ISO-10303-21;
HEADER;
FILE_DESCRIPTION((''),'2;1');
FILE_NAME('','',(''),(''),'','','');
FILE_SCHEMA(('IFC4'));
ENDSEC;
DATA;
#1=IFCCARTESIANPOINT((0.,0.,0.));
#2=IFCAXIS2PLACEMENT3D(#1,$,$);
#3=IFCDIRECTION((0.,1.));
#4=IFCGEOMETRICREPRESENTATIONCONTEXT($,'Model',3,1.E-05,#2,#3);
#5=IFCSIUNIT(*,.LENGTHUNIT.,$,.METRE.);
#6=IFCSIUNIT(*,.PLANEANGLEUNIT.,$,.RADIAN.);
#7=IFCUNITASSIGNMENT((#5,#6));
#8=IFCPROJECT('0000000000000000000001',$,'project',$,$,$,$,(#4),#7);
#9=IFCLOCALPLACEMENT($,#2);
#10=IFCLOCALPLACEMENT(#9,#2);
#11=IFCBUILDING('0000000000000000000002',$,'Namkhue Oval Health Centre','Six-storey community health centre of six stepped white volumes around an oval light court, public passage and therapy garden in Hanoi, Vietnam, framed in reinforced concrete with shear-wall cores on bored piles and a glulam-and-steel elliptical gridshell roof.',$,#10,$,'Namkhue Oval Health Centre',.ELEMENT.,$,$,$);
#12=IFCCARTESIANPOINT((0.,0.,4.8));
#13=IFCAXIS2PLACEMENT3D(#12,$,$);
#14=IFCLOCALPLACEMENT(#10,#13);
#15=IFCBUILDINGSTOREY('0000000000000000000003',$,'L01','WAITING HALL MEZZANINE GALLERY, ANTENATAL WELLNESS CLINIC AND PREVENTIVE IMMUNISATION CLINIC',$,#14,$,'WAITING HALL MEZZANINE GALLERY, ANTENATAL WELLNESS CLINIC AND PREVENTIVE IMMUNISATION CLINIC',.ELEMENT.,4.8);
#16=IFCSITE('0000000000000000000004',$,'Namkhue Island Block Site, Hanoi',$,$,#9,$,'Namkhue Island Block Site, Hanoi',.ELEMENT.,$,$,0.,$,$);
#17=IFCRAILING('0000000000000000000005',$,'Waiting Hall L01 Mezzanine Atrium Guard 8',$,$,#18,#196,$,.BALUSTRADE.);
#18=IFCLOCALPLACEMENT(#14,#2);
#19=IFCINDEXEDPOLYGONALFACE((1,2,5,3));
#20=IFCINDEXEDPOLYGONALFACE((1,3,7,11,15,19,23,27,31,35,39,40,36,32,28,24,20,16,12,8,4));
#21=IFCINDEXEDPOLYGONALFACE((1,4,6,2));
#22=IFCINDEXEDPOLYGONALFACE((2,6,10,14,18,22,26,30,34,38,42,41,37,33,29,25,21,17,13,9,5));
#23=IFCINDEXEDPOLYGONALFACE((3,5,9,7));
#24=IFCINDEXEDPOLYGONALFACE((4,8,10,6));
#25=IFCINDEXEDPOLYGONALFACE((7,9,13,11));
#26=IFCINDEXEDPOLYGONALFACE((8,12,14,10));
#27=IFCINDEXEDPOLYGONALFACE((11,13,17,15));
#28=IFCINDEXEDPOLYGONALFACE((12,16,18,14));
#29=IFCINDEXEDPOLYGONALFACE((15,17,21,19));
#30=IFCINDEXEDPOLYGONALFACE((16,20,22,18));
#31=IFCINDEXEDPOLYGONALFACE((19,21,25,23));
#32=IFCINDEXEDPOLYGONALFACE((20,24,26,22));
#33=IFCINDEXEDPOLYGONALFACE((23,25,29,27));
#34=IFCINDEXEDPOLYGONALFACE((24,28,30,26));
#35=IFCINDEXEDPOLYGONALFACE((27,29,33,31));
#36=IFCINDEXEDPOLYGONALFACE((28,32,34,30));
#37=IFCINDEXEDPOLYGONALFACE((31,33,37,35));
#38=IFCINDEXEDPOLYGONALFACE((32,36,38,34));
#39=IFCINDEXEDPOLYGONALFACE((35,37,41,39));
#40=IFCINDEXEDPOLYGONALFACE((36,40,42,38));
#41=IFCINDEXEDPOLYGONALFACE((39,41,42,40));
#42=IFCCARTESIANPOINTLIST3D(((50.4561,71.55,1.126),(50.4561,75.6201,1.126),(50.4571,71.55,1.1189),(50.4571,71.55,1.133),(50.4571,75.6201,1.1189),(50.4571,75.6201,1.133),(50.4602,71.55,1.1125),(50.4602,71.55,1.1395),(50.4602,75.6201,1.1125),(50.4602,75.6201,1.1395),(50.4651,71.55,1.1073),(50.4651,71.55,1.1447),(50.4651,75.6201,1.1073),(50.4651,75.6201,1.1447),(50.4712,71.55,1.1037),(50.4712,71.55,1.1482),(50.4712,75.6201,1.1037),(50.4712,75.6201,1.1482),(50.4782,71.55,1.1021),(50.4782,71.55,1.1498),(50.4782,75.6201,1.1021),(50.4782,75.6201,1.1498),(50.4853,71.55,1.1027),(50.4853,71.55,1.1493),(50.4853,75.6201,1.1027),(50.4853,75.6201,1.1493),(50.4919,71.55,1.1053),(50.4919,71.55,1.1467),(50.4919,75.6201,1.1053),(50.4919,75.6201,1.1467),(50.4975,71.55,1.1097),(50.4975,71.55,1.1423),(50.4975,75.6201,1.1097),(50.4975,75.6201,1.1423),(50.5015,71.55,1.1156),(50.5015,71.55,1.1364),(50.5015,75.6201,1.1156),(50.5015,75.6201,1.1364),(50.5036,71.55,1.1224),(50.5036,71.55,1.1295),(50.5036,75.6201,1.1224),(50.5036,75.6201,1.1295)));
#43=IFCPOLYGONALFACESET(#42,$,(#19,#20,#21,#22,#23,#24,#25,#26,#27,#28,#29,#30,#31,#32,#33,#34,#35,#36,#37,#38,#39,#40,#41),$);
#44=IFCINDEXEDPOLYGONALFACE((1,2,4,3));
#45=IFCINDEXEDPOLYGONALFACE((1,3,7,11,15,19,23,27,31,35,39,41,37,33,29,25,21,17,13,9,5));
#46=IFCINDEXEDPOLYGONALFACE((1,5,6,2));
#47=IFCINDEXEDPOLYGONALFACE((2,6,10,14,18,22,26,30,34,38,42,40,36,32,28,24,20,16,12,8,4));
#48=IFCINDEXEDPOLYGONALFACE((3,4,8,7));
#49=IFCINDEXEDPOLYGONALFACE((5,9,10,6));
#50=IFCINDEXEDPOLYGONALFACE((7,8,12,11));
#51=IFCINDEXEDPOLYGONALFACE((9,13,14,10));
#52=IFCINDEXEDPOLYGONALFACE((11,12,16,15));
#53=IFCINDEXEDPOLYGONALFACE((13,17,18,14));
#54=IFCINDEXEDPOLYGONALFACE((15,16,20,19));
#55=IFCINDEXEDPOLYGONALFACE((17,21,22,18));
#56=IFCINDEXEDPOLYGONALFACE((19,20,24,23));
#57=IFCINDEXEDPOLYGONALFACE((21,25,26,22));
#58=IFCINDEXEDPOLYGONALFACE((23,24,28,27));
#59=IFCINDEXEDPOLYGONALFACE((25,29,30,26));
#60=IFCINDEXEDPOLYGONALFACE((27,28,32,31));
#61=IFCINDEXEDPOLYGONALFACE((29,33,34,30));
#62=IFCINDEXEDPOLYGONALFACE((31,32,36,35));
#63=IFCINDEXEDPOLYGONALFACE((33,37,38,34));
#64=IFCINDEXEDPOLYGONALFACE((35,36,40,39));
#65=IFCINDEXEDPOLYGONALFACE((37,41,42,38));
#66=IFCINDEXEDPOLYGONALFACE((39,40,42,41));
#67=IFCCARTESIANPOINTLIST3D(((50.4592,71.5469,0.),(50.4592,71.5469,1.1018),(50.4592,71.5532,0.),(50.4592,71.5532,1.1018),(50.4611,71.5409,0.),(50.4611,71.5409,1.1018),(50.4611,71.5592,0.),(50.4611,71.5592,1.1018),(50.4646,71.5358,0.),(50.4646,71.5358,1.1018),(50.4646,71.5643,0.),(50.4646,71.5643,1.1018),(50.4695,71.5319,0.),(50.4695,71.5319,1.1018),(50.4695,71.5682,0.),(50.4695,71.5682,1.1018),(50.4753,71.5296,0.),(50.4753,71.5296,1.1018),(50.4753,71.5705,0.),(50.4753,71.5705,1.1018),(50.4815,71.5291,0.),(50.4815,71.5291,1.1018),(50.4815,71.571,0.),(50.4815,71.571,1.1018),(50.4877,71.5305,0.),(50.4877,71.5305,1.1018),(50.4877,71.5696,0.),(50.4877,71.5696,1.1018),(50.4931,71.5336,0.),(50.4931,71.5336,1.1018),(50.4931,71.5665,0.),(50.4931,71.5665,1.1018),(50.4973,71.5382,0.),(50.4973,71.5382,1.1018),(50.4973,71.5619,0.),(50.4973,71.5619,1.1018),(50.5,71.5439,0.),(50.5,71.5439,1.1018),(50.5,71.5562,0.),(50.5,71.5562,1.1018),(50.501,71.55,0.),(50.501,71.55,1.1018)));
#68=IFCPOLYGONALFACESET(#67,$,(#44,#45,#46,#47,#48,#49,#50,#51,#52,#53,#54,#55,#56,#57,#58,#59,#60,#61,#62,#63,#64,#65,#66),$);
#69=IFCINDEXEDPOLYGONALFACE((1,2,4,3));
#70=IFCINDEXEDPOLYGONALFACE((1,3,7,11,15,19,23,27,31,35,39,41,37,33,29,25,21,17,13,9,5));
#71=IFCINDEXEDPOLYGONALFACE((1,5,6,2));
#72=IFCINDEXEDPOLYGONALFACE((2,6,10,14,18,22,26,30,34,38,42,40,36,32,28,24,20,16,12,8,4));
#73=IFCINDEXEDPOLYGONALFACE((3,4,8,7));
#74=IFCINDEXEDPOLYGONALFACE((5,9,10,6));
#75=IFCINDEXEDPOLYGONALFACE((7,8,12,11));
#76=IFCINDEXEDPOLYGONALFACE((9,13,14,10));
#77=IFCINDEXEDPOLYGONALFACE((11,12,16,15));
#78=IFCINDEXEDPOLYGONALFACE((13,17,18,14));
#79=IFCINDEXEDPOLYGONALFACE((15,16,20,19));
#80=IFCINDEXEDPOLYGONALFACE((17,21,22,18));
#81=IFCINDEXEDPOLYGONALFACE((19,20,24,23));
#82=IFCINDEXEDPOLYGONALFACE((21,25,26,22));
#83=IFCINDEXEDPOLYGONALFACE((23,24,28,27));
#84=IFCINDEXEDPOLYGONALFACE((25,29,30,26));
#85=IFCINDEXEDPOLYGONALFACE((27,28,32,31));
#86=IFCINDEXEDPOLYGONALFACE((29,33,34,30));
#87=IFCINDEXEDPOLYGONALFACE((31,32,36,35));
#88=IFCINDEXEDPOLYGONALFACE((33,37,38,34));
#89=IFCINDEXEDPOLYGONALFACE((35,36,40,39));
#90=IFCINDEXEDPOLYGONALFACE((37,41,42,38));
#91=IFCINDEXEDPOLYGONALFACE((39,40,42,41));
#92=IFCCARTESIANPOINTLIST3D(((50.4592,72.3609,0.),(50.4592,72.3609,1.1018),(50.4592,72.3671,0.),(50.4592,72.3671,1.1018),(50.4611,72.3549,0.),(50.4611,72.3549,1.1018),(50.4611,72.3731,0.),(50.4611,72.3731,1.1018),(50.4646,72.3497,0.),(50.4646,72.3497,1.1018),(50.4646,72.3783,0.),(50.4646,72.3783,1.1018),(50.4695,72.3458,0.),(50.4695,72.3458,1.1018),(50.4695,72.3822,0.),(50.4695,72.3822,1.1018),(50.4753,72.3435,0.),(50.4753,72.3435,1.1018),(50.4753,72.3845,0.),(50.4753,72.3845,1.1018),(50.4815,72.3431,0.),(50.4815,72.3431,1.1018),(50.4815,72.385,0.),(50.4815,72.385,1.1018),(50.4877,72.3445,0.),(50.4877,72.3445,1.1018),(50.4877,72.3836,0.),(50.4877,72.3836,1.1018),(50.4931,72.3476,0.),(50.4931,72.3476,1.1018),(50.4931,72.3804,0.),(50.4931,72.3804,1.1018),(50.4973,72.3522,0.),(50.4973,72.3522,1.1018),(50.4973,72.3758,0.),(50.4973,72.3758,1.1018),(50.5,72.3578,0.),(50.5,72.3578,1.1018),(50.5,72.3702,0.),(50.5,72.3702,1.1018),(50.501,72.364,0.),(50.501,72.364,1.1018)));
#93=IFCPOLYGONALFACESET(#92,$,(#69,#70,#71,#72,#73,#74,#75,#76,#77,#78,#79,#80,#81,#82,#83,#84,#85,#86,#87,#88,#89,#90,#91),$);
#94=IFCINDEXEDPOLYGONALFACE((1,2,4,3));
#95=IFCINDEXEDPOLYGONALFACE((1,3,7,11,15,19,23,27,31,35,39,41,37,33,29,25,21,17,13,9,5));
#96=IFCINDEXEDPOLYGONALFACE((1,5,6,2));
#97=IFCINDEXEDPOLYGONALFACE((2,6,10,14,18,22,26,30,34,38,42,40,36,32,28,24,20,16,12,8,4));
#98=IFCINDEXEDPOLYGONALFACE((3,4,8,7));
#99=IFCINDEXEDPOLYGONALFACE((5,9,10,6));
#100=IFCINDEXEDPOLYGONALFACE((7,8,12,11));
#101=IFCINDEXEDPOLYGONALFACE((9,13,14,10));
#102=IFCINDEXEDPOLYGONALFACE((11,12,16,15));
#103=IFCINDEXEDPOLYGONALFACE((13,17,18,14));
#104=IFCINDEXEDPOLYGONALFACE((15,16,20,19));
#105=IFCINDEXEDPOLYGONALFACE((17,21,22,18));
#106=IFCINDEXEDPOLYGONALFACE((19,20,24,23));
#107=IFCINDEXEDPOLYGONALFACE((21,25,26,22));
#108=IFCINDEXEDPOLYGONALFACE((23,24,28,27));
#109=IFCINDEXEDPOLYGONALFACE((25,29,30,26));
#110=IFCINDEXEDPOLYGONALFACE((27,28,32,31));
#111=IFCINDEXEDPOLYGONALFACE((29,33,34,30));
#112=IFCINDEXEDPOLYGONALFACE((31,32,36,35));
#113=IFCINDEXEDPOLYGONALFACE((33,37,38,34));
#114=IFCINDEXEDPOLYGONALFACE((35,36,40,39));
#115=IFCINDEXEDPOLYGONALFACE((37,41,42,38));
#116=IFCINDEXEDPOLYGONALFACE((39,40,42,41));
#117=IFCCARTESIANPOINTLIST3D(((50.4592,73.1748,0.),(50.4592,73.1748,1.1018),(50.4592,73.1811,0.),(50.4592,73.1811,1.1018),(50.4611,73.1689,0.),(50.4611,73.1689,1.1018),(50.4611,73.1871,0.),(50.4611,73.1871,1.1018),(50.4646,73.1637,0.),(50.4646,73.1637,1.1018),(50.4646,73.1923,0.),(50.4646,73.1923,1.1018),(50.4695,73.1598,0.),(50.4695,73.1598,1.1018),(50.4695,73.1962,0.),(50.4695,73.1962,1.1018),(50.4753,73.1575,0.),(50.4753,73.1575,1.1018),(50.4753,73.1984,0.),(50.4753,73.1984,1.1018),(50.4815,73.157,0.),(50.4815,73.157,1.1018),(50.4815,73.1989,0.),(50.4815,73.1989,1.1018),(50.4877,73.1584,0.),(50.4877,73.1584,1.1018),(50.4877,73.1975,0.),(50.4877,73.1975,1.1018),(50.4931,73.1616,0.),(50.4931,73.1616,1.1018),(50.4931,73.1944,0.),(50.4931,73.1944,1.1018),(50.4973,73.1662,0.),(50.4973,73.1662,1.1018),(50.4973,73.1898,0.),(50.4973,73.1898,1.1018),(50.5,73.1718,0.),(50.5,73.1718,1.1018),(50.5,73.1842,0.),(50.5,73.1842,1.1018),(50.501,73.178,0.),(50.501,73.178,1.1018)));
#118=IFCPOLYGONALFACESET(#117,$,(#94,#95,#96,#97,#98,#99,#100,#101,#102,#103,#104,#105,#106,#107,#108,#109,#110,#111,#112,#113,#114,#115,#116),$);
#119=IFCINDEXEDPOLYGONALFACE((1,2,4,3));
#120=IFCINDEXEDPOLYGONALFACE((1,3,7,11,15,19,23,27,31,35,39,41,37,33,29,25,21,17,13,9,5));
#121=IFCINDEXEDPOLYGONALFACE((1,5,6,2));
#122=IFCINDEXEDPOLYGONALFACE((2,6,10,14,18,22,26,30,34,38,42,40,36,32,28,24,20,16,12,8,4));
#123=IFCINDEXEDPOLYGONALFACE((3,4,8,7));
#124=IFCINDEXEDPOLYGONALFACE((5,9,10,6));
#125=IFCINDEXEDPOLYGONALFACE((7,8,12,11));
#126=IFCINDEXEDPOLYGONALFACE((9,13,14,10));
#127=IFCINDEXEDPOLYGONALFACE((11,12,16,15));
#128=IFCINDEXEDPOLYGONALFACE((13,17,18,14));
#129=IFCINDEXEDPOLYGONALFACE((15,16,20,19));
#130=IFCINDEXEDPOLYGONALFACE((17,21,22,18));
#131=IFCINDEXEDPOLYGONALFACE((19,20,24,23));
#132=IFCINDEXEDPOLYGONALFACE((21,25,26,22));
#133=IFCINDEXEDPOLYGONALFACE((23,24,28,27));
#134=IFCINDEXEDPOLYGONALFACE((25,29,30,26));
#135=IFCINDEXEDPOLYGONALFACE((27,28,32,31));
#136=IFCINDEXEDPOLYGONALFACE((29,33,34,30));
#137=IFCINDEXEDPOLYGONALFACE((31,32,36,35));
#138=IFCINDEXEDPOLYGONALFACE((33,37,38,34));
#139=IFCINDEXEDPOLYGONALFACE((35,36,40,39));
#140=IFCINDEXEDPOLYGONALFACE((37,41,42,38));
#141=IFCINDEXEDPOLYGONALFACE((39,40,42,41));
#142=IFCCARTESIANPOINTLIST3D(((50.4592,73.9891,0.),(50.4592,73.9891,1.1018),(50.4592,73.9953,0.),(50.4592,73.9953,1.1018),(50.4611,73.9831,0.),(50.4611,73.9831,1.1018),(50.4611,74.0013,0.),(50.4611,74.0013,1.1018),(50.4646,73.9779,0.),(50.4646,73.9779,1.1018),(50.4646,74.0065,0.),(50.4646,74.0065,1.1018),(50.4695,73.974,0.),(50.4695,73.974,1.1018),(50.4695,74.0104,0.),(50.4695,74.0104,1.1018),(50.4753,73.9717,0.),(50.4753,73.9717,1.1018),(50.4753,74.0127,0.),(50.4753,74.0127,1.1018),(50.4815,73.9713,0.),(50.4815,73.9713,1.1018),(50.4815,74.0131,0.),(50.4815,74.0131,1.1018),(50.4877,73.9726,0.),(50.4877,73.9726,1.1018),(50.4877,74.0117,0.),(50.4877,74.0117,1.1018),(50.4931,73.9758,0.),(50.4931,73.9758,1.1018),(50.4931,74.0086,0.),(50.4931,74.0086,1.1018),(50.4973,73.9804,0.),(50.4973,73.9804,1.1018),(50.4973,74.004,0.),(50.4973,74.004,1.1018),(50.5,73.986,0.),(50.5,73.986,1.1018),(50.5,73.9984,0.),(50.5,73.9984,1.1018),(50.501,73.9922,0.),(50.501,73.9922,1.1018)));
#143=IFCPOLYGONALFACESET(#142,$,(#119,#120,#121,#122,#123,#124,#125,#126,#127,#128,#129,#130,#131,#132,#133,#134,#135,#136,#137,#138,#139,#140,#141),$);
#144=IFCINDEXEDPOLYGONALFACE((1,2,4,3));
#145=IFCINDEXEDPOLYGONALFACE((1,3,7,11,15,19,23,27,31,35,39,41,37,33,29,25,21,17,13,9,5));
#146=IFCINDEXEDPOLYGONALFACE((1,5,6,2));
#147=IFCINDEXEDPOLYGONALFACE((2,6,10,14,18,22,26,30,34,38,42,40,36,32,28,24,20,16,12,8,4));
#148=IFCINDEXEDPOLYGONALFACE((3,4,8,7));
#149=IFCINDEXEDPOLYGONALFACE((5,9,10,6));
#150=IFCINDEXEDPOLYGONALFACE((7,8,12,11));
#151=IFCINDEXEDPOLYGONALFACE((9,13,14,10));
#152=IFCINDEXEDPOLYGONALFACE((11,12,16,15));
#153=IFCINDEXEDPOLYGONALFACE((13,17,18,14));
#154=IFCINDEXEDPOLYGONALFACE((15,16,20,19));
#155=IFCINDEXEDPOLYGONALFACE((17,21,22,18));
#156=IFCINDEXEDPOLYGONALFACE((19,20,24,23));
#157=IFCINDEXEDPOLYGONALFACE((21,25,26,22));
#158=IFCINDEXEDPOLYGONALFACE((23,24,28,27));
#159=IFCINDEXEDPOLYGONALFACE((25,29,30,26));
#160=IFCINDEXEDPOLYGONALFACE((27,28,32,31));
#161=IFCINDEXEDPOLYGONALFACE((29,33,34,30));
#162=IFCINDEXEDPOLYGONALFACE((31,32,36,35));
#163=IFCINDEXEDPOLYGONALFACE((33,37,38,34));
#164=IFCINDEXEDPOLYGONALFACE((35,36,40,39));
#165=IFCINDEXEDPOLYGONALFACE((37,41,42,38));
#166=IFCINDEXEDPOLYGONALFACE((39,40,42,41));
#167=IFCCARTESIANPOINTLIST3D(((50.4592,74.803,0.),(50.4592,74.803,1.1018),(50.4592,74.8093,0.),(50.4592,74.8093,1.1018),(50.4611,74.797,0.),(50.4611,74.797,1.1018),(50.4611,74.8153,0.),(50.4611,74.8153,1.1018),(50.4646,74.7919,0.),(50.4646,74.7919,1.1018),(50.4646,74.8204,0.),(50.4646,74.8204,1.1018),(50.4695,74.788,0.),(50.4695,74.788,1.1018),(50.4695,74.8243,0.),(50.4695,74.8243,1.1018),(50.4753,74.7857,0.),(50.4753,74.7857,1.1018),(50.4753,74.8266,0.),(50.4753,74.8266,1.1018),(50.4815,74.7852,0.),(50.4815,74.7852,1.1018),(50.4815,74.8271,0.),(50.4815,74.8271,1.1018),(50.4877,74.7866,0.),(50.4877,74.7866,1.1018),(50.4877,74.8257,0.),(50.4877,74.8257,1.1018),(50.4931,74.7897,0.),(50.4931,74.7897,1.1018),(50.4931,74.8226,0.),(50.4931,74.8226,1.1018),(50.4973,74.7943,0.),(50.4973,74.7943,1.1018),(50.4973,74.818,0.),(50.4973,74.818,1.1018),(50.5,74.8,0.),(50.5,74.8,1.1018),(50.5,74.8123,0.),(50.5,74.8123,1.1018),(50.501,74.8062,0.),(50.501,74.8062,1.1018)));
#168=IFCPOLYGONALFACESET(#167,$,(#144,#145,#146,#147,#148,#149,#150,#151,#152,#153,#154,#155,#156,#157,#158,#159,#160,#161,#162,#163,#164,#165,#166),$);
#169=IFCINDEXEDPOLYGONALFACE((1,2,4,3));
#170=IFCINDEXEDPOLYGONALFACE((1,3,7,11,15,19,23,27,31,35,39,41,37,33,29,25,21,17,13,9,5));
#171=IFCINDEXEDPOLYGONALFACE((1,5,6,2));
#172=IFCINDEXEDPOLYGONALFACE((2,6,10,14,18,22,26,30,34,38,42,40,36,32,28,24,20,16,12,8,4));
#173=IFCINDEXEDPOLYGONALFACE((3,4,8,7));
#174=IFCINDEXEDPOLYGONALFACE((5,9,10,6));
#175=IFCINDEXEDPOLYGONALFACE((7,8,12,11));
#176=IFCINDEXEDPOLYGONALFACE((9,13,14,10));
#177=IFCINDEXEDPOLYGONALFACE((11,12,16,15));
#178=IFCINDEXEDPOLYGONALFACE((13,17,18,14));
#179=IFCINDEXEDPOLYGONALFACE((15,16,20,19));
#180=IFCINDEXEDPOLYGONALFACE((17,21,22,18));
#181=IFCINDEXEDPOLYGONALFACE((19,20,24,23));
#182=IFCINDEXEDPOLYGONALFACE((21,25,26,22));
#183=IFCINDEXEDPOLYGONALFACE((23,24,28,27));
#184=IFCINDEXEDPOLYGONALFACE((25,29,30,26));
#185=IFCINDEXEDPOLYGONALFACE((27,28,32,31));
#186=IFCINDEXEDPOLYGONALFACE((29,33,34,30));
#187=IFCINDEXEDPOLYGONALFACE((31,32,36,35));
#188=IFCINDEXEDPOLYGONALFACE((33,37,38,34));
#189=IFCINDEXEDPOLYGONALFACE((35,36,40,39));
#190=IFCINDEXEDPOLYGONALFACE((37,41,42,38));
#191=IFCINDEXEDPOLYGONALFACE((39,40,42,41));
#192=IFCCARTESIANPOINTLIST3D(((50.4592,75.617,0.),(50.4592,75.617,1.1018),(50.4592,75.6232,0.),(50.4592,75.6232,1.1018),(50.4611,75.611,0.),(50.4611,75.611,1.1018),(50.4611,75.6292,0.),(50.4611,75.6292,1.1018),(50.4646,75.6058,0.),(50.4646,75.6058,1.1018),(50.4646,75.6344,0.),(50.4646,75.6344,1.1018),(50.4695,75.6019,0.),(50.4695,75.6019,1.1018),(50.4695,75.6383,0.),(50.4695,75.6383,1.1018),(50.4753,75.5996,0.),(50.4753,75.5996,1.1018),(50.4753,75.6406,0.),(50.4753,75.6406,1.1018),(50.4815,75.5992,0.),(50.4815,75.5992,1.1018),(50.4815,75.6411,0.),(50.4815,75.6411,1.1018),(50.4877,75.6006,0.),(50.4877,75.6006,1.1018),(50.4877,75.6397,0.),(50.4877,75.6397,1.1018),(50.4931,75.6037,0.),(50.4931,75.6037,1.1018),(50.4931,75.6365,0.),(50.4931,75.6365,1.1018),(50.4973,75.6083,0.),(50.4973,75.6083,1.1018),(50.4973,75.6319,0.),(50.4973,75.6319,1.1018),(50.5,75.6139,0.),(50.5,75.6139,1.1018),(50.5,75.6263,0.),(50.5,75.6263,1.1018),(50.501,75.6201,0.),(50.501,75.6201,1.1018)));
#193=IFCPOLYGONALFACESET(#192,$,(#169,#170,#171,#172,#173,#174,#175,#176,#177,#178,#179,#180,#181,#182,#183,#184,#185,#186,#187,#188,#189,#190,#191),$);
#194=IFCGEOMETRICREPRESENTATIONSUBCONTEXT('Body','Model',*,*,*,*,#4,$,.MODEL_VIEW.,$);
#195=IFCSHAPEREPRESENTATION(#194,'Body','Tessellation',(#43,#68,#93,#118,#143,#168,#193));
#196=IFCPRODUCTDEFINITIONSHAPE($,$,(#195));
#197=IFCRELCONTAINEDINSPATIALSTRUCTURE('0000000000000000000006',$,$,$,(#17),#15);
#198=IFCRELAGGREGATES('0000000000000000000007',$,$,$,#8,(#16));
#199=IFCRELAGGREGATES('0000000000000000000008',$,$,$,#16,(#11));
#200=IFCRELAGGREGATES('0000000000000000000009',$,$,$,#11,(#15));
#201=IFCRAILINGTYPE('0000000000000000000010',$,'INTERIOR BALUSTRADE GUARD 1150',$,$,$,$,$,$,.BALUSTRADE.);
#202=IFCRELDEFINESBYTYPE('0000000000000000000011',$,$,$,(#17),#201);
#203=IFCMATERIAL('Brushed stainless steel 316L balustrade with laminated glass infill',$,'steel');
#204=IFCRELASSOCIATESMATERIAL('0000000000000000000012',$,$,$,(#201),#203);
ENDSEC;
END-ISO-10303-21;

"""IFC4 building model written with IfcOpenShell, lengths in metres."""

from ifc_helpers import new_model, si_unit, direction, frame, origin, origin_2d, place, context, subcontext, project, spatial, circle, extrude, material, type_object, element, save


model = new_model("IFC4")

# Units and contexts
model_context = context("Model", 3, precision=1e-05, world=origin(), true_north=direction((0.0, 1.0)))
body_context = subcontext(model_context, "Body", "Model", "MODEL_VIEW")
ifc_project = project(units=[si_unit("LENGTHUNIT", "METRE"), si_unit("PLANEANGLEUNIT", "RADIAN")], contexts=[model_context])

# Site, building, storey
site_placement = place(None, origin())
site = spatial("IfcSite", under=ifc_project, at=site_placement, Name="Namkhue Island Block Site, Hanoi", LongName="Namkhue Island Block Site, Hanoi", CompositionType="ELEMENT", RefElevation=0.0)
building_placement = place(site_placement, origin())
building = spatial("IfcBuilding", under=site, at=building_placement, Name="Namkhue Oval Health Centre", Description="Six-storey community health centre of six stepped white volumes around an oval light court, public passage and therapy garden in Hanoi, Vietnam, framed in reinforced concrete with shear-wall cores on bored piles and a glulam-and-steel elliptical gridshell roof.", LongName="Namkhue Oval Health Centre", CompositionType="ELEMENT")
storey_placement = place(building_placement, frame((0.0, 0.0, 4.8)))
storey = spatial("IfcBuildingStorey", under=building, at=storey_placement, Name="L01", Description="WAITING HALL MEZZANINE GALLERY, ANTENATAL WELLNESS CLINIC AND PREVENTIVE IMMUNISATION CLINIC", LongName="WAITING HALL MEZZANINE GALLERY, ANTENATAL WELLNESS CLINIC AND PREVENTIVE IMMUNISATION CLINIC", CompositionType="ELEMENT", Elevation=4.8)

# Railing
ifc_material_1 = material(Name="Brushed stainless steel 316L balustrade with laminated glass infill", Category="steel")
railing_type = type_object("IfcRailingType", Name="INTERIOR BALUSTRADE GUARD 1150", PredefinedType="BALUSTRADE", material=ifc_material_1)
railing_placement = place(storey_placement, frame((50.48, 71.55, 0.0)))
element("IfcRailing", 1, at=railing_placement, inside=storey, type_object=railing_type, Name="Waiting Hall L01 Mezzanine Atrium Guard 8", PredefinedType="BALUSTRADE", context=body_context, shape_type="SweptSolid", body=[
    extrude(circle(Radius=0.0239, at=origin_2d()), frame((0.0, 0.0, 1.126), z_axis=(0.0, 1.0, 0.0), x_axis=(-1.0, 0.0, 0.0)), (0.0, 0.0, 1.0), 4.0701),
    extrude(circle(Radius=0.021, at=origin_2d()), origin(), (0.0, 0.0, 1.0), 1.1018),
    extrude(circle(Radius=0.021, at=origin_2d()), frame((0.0, 0.814, 0.0)), (0.0, 0.0, 1.0), 1.1018),
    extrude(circle(Radius=0.021, at=origin_2d()), frame((0.0, 1.6279, 0.0)), (0.0, 0.0, 1.0), 1.1018),
    extrude(circle(Radius=0.021, at=origin_2d()), frame((0.0, 2.4421, 0.0)), (0.0, 0.0, 1.0), 1.1018),
    extrude(circle(Radius=0.021, at=origin_2d()), frame((0.0, 3.2561, 0.0)), (0.0, 0.0, 1.0), 1.1018),
    extrude(circle(Radius=0.021, at=origin_2d()), frame((0.0, 4.0701, 0.0)), (0.0, 0.0, 1.0), 1.1018),
])

save(model, "model.ifc")
